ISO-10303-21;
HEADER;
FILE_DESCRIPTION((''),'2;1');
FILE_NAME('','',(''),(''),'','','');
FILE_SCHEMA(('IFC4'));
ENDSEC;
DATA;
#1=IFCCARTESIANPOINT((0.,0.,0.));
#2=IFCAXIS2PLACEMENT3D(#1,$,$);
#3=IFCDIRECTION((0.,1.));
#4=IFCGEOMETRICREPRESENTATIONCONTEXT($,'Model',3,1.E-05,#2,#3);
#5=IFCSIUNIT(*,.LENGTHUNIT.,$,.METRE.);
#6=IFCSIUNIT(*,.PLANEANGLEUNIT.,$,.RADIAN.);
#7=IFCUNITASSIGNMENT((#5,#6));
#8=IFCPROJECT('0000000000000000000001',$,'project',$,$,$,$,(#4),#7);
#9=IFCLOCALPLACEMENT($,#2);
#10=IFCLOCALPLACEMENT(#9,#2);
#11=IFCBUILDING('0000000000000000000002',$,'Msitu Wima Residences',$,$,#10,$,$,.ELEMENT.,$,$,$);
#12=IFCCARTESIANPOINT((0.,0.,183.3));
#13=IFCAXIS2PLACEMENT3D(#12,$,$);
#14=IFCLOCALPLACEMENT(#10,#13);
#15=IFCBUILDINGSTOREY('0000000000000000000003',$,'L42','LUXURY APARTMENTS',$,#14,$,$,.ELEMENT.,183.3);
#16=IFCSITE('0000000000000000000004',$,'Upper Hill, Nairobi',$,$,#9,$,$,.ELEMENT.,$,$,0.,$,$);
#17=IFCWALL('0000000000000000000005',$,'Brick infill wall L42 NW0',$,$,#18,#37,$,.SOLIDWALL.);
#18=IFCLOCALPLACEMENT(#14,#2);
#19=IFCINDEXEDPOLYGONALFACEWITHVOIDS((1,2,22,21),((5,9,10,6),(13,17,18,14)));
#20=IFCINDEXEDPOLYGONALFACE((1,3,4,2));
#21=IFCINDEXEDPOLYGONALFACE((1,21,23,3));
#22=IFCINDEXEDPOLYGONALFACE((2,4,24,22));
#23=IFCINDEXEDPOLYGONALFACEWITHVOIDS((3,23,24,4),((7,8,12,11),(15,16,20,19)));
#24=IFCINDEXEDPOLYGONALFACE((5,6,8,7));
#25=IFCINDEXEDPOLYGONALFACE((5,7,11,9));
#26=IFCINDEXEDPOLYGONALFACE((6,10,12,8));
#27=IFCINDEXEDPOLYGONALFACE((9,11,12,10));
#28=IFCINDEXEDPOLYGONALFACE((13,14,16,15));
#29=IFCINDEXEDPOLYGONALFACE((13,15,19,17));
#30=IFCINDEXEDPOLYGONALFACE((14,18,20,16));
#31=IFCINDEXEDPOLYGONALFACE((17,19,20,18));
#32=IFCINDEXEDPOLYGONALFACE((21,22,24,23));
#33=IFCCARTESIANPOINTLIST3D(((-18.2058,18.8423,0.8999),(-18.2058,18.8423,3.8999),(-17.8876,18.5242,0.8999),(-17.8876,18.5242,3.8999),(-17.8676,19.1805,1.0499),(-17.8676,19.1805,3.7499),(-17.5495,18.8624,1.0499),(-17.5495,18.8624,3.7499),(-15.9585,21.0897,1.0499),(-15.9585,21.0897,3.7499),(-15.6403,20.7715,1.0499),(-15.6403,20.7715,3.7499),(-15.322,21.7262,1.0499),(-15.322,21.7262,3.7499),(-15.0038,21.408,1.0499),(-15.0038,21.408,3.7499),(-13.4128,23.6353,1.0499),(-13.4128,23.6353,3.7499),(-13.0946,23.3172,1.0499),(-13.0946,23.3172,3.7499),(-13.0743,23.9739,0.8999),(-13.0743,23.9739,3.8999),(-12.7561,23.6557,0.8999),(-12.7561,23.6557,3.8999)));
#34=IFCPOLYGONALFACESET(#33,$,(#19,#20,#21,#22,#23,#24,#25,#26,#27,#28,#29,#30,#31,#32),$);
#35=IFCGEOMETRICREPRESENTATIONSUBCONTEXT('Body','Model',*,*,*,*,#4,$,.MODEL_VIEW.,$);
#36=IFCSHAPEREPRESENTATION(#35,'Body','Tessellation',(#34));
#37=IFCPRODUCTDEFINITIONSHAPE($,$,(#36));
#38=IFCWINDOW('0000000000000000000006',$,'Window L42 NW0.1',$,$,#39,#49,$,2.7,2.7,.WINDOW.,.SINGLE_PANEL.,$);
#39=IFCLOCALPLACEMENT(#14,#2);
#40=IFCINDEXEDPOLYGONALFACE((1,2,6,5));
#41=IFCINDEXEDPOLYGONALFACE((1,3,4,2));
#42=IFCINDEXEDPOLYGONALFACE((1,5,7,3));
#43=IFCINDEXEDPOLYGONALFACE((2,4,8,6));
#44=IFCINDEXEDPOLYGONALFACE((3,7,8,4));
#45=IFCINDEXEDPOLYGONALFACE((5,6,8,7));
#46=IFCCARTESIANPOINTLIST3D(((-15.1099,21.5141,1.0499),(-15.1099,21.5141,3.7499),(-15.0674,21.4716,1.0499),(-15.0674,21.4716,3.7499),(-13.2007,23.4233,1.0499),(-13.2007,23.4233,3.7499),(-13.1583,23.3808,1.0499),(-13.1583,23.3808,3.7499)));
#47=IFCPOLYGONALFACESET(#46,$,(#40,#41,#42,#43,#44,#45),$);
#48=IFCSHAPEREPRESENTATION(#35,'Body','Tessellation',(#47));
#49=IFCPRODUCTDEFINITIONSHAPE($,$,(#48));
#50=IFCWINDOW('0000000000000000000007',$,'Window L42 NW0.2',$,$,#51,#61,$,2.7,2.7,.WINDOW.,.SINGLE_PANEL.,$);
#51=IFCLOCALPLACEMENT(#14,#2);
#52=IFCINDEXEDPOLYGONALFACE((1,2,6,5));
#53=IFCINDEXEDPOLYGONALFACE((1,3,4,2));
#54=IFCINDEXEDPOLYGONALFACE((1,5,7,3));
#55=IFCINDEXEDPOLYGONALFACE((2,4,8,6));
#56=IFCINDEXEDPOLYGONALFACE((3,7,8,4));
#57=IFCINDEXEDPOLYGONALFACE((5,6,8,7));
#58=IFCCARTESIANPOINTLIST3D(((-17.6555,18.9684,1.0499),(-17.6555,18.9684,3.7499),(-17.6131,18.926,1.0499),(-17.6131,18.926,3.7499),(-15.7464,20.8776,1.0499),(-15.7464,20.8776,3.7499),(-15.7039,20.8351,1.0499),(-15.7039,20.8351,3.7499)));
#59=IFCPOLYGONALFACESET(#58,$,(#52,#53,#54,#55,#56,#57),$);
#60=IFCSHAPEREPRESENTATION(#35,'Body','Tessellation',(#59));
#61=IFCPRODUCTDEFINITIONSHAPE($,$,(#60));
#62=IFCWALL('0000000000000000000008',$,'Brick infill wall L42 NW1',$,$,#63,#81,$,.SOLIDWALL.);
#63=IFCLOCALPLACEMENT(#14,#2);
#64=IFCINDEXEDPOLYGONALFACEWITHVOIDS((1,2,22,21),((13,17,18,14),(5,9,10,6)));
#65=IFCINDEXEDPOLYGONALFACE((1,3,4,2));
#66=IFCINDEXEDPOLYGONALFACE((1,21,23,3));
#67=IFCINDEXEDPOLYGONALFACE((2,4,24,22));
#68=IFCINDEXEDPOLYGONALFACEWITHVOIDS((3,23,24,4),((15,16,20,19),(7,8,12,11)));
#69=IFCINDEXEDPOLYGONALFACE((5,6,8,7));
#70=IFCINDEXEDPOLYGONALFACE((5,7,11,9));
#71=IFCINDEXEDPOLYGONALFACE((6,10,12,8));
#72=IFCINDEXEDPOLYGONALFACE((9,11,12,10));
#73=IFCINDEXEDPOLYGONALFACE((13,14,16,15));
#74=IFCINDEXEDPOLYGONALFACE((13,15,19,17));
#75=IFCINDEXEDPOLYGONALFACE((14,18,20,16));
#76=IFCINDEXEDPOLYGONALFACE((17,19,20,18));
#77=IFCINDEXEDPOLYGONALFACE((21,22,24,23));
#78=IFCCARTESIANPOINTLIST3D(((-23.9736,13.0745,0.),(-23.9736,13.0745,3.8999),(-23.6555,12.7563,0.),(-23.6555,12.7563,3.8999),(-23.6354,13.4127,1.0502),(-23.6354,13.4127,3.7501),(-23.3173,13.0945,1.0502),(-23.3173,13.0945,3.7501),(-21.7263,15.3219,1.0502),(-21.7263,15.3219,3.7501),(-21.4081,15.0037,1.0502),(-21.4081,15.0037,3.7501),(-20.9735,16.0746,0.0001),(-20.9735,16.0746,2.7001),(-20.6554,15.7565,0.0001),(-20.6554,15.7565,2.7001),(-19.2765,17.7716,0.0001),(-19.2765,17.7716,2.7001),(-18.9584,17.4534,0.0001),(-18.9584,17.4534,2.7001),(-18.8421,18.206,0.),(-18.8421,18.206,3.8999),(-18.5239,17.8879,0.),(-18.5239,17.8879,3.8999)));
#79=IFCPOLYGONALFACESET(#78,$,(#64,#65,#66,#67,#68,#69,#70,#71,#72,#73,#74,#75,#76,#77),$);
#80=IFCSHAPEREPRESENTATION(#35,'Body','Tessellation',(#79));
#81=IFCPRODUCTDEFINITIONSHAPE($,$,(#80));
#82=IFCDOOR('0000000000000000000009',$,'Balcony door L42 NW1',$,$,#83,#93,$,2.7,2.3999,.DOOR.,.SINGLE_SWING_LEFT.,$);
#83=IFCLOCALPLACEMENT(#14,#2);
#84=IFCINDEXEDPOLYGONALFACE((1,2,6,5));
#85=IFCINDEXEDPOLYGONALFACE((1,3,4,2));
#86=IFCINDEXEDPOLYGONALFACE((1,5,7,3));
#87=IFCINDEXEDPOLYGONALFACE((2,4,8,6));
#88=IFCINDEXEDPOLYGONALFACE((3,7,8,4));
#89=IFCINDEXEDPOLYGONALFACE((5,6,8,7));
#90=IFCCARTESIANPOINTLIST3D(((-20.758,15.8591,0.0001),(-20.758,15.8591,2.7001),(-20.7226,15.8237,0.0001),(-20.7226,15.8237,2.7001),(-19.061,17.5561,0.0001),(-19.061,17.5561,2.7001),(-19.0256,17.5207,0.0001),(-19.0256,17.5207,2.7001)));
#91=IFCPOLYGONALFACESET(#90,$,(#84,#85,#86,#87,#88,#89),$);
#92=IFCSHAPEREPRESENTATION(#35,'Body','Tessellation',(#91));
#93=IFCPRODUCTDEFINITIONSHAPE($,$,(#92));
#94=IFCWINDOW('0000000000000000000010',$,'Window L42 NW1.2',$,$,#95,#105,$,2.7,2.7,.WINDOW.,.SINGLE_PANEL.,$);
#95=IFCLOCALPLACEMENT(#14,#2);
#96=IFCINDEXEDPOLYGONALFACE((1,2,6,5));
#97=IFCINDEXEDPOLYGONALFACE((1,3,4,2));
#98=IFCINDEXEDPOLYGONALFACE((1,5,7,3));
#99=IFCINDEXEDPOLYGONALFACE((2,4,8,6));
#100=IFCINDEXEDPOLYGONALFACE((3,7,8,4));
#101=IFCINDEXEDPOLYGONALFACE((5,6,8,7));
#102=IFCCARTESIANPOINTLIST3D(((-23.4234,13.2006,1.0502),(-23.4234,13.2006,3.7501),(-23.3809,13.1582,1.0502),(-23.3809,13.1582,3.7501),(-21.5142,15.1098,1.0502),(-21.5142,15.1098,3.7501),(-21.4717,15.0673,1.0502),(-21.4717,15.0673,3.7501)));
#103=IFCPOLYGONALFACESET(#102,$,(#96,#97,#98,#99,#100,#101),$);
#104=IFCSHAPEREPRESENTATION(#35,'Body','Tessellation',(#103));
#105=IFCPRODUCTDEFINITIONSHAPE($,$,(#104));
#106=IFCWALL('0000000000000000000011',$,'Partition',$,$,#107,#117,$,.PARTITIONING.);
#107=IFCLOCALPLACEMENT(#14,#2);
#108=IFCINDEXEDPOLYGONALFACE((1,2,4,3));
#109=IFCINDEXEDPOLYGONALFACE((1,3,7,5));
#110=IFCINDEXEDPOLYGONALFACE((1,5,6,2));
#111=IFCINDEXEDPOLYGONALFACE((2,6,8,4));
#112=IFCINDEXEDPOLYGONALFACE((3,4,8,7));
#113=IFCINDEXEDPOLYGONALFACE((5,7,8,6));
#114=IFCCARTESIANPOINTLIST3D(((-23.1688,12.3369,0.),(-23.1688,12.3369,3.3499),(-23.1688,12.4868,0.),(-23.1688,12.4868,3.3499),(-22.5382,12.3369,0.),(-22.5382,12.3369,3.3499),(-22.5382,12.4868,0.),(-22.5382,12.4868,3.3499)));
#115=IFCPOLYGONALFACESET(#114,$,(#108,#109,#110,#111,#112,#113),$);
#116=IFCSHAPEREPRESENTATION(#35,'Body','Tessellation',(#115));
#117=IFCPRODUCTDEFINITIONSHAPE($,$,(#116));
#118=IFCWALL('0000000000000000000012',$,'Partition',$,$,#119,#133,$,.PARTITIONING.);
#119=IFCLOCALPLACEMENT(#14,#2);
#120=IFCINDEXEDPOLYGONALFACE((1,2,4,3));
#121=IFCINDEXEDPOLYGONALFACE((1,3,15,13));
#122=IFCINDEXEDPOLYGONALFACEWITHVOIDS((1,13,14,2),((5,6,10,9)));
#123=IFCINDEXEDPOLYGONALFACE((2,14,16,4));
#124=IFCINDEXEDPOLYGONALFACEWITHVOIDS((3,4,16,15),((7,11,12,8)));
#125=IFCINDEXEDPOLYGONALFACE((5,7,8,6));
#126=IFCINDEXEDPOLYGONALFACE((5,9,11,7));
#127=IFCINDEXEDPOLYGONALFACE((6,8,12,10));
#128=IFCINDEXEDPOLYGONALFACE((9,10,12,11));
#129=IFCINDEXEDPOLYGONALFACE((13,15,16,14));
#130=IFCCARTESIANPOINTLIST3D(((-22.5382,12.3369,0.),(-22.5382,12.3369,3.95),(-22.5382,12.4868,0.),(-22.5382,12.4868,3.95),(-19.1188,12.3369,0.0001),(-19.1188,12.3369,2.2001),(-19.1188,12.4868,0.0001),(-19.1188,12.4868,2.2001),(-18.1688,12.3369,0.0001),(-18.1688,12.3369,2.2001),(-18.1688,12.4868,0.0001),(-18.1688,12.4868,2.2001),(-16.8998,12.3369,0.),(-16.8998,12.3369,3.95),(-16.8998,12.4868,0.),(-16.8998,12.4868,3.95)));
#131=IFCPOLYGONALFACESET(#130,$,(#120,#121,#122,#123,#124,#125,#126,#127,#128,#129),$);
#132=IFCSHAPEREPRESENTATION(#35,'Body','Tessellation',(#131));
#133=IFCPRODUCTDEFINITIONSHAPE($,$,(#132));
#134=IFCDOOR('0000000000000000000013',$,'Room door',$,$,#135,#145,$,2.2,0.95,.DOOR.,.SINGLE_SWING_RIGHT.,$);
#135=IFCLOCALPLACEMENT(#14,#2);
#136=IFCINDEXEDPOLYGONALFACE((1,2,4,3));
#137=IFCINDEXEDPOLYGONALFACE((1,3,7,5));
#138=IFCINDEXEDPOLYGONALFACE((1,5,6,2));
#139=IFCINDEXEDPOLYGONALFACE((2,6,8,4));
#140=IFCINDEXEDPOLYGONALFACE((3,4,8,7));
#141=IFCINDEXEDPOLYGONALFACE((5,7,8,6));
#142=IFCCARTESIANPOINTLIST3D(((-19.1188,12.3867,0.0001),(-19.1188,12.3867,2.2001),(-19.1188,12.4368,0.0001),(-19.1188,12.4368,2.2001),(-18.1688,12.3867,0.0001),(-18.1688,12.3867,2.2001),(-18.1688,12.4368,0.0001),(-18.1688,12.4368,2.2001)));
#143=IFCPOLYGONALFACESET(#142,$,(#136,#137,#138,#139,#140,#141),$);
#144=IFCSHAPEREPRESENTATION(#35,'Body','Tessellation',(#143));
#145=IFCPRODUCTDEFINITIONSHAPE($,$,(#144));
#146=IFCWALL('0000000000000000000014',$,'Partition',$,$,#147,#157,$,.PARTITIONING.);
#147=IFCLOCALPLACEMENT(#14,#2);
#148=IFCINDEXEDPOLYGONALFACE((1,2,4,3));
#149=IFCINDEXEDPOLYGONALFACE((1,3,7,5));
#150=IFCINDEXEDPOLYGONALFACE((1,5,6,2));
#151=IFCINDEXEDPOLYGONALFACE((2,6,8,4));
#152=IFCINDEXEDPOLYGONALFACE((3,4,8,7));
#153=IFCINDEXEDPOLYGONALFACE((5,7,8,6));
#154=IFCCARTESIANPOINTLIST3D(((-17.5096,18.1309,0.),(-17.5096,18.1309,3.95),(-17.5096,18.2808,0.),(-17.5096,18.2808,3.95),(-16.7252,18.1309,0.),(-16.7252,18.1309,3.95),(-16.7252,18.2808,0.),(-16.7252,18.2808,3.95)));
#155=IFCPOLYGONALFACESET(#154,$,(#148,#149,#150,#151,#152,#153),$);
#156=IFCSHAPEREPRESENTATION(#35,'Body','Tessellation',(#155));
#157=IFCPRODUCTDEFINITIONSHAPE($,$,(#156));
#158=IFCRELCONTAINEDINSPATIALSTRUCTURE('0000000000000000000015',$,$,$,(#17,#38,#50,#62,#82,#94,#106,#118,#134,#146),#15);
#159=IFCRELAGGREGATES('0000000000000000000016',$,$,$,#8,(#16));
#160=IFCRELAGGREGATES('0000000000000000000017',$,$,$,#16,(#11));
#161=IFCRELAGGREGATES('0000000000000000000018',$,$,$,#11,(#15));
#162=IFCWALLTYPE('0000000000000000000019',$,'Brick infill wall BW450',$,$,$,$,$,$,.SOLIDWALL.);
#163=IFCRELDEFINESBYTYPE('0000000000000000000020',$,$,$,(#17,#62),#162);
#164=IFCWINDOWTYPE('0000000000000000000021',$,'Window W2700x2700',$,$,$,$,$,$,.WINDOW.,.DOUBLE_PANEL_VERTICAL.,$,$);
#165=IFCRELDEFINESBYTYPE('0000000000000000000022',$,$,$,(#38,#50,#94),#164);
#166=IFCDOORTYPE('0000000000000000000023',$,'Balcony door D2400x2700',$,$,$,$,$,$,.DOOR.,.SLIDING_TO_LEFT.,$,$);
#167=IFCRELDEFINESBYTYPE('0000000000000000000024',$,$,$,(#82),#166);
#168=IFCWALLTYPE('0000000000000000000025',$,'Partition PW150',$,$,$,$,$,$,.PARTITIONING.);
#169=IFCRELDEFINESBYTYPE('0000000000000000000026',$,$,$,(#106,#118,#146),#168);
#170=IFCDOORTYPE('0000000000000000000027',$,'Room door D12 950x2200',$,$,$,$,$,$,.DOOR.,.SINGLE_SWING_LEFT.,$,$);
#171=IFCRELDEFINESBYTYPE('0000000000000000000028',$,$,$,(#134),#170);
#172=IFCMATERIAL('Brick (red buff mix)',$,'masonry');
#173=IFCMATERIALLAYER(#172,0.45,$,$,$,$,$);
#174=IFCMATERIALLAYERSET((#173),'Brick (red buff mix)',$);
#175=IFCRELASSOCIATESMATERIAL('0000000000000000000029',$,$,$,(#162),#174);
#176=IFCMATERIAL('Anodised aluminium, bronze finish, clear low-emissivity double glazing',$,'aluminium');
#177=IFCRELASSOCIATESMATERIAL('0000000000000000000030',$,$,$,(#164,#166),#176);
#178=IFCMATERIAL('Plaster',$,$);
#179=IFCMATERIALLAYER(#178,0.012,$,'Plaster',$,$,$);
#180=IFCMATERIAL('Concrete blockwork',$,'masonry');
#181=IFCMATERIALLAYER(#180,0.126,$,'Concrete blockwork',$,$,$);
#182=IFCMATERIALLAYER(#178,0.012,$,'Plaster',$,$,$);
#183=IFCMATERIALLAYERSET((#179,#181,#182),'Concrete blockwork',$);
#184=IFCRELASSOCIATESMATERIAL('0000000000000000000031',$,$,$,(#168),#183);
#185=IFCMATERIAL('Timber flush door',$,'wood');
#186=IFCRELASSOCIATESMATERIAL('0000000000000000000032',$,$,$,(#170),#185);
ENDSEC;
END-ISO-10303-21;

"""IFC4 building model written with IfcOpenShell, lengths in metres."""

from ifc_helpers import new_model, si_unit, direction, frame, frame_2d, origin, place, context, subcontext, project, spatial, rectangle, extrude, material, layer, layer_set, type_object, element, fill, save


model = new_model("IFC4")

# Units and contexts
model_context = context("Model", 3, precision=1e-05, world=origin(), true_north=direction((0.0, 1.0)))
body_context = subcontext(model_context, "Body", "Model", "MODEL_VIEW")
ifc_project = project(units=[si_unit("LENGTHUNIT", "METRE"), si_unit("PLANEANGLEUNIT", "RADIAN")], contexts=[model_context])

# Site, building, storey
site_placement = place(None, origin())
site = spatial("IfcSite", under=ifc_project, at=site_placement, Name="Upper Hill, Nairobi", CompositionType="ELEMENT", RefElevation=0.0)
building_placement = place(site_placement, origin())
building = spatial("IfcBuilding", under=site, at=building_placement, Name="Msitu Wima Residences", CompositionType="ELEMENT")
storey_placement = place(building_placement, frame((0.0, 0.0, 183.3)))
storey = spatial("IfcBuildingStorey", under=building, at=storey_placement, Name="L42", Description="LUXURY APARTMENTS", CompositionType="ELEMENT", Elevation=183.3)

# Wall, openings, windows
ifc_material_1 = material(Name="Brick (red buff mix)", Category="masonry")
ifc_layer_1 = layer(ifc_material_1, 0.45)
ifc_layer_set_1 = layer_set([ifc_layer_1], Name="Brick (red buff mix)")
wall_type_1 = type_object("IfcWallType", Name="Brick infill wall BW450", PredefinedType="SOLIDWALL", material=ifc_layer_set_1)
wall_1_placement = place(storey_placement, frame((-12.9153, 23.8147, 0.8999), z_axis=(0.0, 0.0, 1.0), x_axis=(-0.707107, -0.707107, 0.0)))
wall_1 = element("IfcWall", 1, at=wall_1_placement, inside=storey, type_object=wall_type_1, Name="Brick infill wall L42 NW0", PredefinedType="SOLIDWALL", context=body_context, shape_type="SweptSolid", body=[
    extrude(rectangle(XDim=7.2571, YDim=0.45, at=frame_2d((3.6284, 0.0))), origin(), (0.0, 0.0, 1.0), 3.0),
])
opening_1_placement = place(wall_1_placement, frame((0.4785, 0.0, 0.1499)))
opening_1 = element("IfcOpeningElement", 2, at=opening_1_placement, cuts=wall_1, PredefinedType="OPENING", context=body_context, shape_type="SweptSolid", body=[
    extrude(rectangle(XDim=2.7, YDim=2.7, at=frame_2d((1.3501, 1.3501))), frame((0.0, 0.2349, 0.0), z_axis=(0.0, -1.0, 0.0), x_axis=(1.0, 0.0, 0.0)), (0.0, 0.0, 1.0), 0.47),
])
opening_2_placement = place(wall_1_placement, frame((4.0786, 0.0, 0.1499)))
opening_2 = element("IfcOpeningElement", 3, at=opening_2_placement, cuts=wall_1, PredefinedType="OPENING", context=body_context, shape_type="SweptSolid", body=[
    extrude(rectangle(XDim=2.7, YDim=2.7, at=frame_2d((1.3501, 1.3501))), frame((0.0, 0.2349, 0.0), z_axis=(0.0, -1.0, 0.0), x_axis=(1.0, 0.0, 0.0)), (0.0, 0.0, 1.0), 0.47),
])
ifc_material_2 = material(Name="Anodised aluminium, bronze finish, clear low-emissivity double glazing", Category="aluminium")
window_type = type_object("IfcWindowType", Name="Window W2700x2700", PartitioningType="DOUBLE_PANEL_VERTICAL", PredefinedType="WINDOW", material=ifc_material_2)
window_1_placement = place(opening_1_placement, origin())
window_1 = element("IfcWindow", 4, at=window_1_placement, inside=storey, type_object=window_type, Name="Window L42 NW0.1", OverallHeight=2.7, OverallWidth=2.7, PartitioningType="SINGLE_PANEL", PredefinedType="WINDOW", context=body_context, shape_type="SweptSolid", body=[
    extrude(rectangle(XDim=2.7, YDim=2.7, at=frame_2d((1.3501, 1.3501))), frame((0.0, 0.135, 0.0), z_axis=(0.0, -1.0, 0.0), x_axis=(1.0, 0.0, 0.0)), (0.0, 0.0, 1.0), 0.0601),
])
fill(opening_1, window_1)
window_2_placement = place(opening_2_placement, origin())
window_2 = element("IfcWindow", 5, at=window_2_placement, inside=storey, type_object=window_type, Name="Window L42 NW0.2", OverallHeight=2.7, OverallWidth=2.7, PartitioningType="SINGLE_PANEL", PredefinedType="WINDOW", context=body_context, shape_type="SweptSolid", body=[
    extrude(rectangle(XDim=2.7, YDim=2.7, at=frame_2d((1.3501, 1.3501))), frame((0.0, 0.135, 0.0), z_axis=(0.0, -1.0, 0.0), x_axis=(1.0, 0.0, 0.0)), (0.0, 0.0, 1.0), 0.0601),
])
fill(opening_2, window_2)

# Wall, openings, door, window
wall_2_placement = place(storey_placement, frame((-18.6831, 18.0469, 0.0), z_axis=(0.0, 0.0, 1.0), x_axis=(-0.707107, -0.707107, 0.0)))
wall_2 = element("IfcWall", 6, at=wall_2_placement, inside=storey, type_object=wall_type_1, Name="Brick infill wall L42 NW1", PredefinedType="SOLIDWALL", context=body_context, shape_type="SweptSolid", body=[
    extrude(rectangle(XDim=7.2571, YDim=0.45, at=frame_2d((3.6284, 0.0))), origin(), (0.0, 0.0, 1.0), 3.8999),
])
opening_3_placement = place(wall_2_placement, frame((0.6143, 0.0, 0.0)))
opening_3 = element("IfcOpeningElement", 7, at=opening_3_placement, cuts=wall_2, PredefinedType="OPENING", context=body_context, shape_type="SweptSolid", body=[
    extrude(rectangle(XDim=2.3999, YDim=2.7, at=frame_2d((1.2, 1.3501))), frame((0.0, 0.2349, 0.0), z_axis=(0.0, -1.0, 0.0), x_axis=(1.0, 0.0, 0.0)), (0.0, 0.0, 1.0), 0.47),
])
opening_4_placement = place(wall_2_placement, frame((4.0786, 0.0, 1.05)))
opening_4 = element("IfcOpeningElement", 8, at=opening_4_placement, cuts=wall_2, PredefinedType="OPENING", context=body_context, shape_type="SweptSolid", body=[
    extrude(rectangle(XDim=2.7, YDim=2.7, at=frame_2d((1.3501, 1.3501))), frame((0.0, 0.2349, 0.0), z_axis=(0.0, -1.0, 0.0), x_axis=(1.0, 0.0, 0.0)), (0.0, 0.0, 1.0), 0.47),
])
door_type_1 = type_object("IfcDoorType", Name="Balcony door D2400x2700", OperationType="SLIDING_TO_LEFT", PredefinedType="DOOR", material=ifc_material_2)
door_1_placement = place(opening_3_placement, origin())
door_1 = element("IfcDoor", 9, at=door_1_placement, inside=storey, type_object=door_type_1, Name="Balcony door L42 NW1", OperationType="SINGLE_SWING_LEFT", OverallHeight=2.7, OverallWidth=2.3999, PredefinedType="DOOR", context=body_context, shape_type="SweptSolid", body=[
    extrude(rectangle(XDim=2.3999, YDim=2.7, at=frame_2d((1.2, 1.3501))), frame((0.0, 0.1299, 0.0), z_axis=(0.0, -1.0, 0.0), x_axis=(1.0, 0.0, 0.0)), (0.0, 0.0, 1.0), 0.05),
])
fill(opening_3, door_1)
window_3_placement = place(opening_4_placement, origin())
window_3 = element("IfcWindow", 10, at=window_3_placement, inside=storey, type_object=window_type, Name="Window L42 NW1.2", OverallHeight=2.7, OverallWidth=2.7, PartitioningType="SINGLE_PANEL", PredefinedType="WINDOW", context=body_context, shape_type="SweptSolid", body=[
    extrude(rectangle(XDim=2.7, YDim=2.7, at=frame_2d((1.3501, 1.3501))), frame((0.0, 0.135, 0.0), z_axis=(0.0, -1.0, 0.0), x_axis=(1.0, 0.0, 0.0)), (0.0, 0.0, 1.0), 0.0601),
])
fill(opening_4, window_3)

# Shared definitions
ifc_material_3 = material(Name="Plaster")
ifc_material_4 = material(Name="Concrete blockwork", Category="masonry")

# Wall
ifc_layer_2 = layer(ifc_material_3, 0.012, Name="Plaster")
ifc_layer_3 = layer(ifc_material_4, 0.126, Name="Concrete blockwork")
ifc_layer_4 = layer(ifc_material_3, 0.012, Name="Plaster")
ifc_layer_set_2 = layer_set([ifc_layer_2, ifc_layer_3, ifc_layer_4], Name="Concrete blockwork")
wall_type_2 = type_object("IfcWallType", Name="Partition PW150", PredefinedType="PARTITIONING", material=ifc_layer_set_2)
wall_3_placement = place(storey_placement, frame((-23.1689, 12.4119, 0.0), z_axis=(0.0, 0.0, 1.0), x_axis=(1.0, 0.0, 0.0)))
element("IfcWall", 11, at=wall_3_placement, inside=storey, type_object=wall_type_2, Name="Partition", PredefinedType="PARTITIONING", context=body_context, shape_type="SweptSolid", body=[
    extrude(rectangle(XDim=0.6306, YDim=0.1499, at=frame_2d((0.3154, 0.0))), origin(), (0.0, 0.0, 1.0), 3.3499),
])

# Wall, opening, door
wall_4_placement = place(storey_placement, frame((-22.5383, 12.4119, 0.0), z_axis=(0.0, 0.0, 1.0), x_axis=(1.0, 0.0, 0.0)))
wall_4 = element("IfcWall", 12, at=wall_4_placement, inside=storey, type_object=wall_type_2, Name="Partition", PredefinedType="PARTITIONING", context=body_context, shape_type="SweptSolid", body=[
    extrude(rectangle(XDim=5.6384, YDim=0.1499, at=frame_2d((2.8193, 0.0))), origin(), (0.0, 0.0, 1.0), 3.95),
])
opening_5_placement = place(wall_4_placement, frame((3.4194, 0.0, 0.0)))
opening_5 = element("IfcOpeningElement", 13, at=opening_5_placement, cuts=wall_4, PredefinedType="OPENING", context=body_context, shape_type="SweptSolid", body=[
    extrude(rectangle(XDim=0.95, YDim=2.2, at=frame_2d((0.4751, 1.1001))), frame((0.0, 0.085, 0.0), z_axis=(0.0, -1.0, 0.0), x_axis=(1.0, 0.0, 0.0)), (0.0, 0.0, 1.0), 0.1699),
])
ifc_material_5 = material(Name="Timber flush door", Category="wood")
door_type_2 = type_object("IfcDoorType", Name="Room door D12 950x2200", OperationType="SINGLE_SWING_LEFT", PredefinedType="DOOR", material=ifc_material_5)
door_2_placement = place(opening_5_placement, origin())
door_2 = element("IfcDoor", 14, at=door_2_placement, inside=storey, type_object=door_type_2, Name="Room door", OperationType="SINGLE_SWING_RIGHT", OverallHeight=2.2, OverallWidth=0.95, PredefinedType="DOOR", context=body_context, shape_type="SweptSolid", body=[
    extrude(rectangle(XDim=0.95, YDim=2.2, at=frame_2d((0.4751, 1.1001))), frame((0.0, 0.0249, 0.0), z_axis=(0.0, -1.0, 0.0), x_axis=(1.0, 0.0, 0.0)), (0.0, 0.0, 1.0), 0.05),
])
fill(opening_5, door_2)

# Wall
wall_5_placement = place(storey_placement, frame((-17.5095, 18.2058, 0.0), z_axis=(0.0, 0.0, 1.0), x_axis=(1.0, 0.0, 0.0)))
element("IfcWall", 15, at=wall_5_placement, inside=storey, type_object=wall_type_2, Name="Partition", PredefinedType="PARTITIONING", context=body_context, shape_type="SweptSolid", body=[
    extrude(rectangle(XDim=0.7844, YDim=0.1499, at=frame_2d((0.3921, 0.0))), origin(), (0.0, 0.0, 1.0), 3.95),
])

save(model, "model.ifc")
